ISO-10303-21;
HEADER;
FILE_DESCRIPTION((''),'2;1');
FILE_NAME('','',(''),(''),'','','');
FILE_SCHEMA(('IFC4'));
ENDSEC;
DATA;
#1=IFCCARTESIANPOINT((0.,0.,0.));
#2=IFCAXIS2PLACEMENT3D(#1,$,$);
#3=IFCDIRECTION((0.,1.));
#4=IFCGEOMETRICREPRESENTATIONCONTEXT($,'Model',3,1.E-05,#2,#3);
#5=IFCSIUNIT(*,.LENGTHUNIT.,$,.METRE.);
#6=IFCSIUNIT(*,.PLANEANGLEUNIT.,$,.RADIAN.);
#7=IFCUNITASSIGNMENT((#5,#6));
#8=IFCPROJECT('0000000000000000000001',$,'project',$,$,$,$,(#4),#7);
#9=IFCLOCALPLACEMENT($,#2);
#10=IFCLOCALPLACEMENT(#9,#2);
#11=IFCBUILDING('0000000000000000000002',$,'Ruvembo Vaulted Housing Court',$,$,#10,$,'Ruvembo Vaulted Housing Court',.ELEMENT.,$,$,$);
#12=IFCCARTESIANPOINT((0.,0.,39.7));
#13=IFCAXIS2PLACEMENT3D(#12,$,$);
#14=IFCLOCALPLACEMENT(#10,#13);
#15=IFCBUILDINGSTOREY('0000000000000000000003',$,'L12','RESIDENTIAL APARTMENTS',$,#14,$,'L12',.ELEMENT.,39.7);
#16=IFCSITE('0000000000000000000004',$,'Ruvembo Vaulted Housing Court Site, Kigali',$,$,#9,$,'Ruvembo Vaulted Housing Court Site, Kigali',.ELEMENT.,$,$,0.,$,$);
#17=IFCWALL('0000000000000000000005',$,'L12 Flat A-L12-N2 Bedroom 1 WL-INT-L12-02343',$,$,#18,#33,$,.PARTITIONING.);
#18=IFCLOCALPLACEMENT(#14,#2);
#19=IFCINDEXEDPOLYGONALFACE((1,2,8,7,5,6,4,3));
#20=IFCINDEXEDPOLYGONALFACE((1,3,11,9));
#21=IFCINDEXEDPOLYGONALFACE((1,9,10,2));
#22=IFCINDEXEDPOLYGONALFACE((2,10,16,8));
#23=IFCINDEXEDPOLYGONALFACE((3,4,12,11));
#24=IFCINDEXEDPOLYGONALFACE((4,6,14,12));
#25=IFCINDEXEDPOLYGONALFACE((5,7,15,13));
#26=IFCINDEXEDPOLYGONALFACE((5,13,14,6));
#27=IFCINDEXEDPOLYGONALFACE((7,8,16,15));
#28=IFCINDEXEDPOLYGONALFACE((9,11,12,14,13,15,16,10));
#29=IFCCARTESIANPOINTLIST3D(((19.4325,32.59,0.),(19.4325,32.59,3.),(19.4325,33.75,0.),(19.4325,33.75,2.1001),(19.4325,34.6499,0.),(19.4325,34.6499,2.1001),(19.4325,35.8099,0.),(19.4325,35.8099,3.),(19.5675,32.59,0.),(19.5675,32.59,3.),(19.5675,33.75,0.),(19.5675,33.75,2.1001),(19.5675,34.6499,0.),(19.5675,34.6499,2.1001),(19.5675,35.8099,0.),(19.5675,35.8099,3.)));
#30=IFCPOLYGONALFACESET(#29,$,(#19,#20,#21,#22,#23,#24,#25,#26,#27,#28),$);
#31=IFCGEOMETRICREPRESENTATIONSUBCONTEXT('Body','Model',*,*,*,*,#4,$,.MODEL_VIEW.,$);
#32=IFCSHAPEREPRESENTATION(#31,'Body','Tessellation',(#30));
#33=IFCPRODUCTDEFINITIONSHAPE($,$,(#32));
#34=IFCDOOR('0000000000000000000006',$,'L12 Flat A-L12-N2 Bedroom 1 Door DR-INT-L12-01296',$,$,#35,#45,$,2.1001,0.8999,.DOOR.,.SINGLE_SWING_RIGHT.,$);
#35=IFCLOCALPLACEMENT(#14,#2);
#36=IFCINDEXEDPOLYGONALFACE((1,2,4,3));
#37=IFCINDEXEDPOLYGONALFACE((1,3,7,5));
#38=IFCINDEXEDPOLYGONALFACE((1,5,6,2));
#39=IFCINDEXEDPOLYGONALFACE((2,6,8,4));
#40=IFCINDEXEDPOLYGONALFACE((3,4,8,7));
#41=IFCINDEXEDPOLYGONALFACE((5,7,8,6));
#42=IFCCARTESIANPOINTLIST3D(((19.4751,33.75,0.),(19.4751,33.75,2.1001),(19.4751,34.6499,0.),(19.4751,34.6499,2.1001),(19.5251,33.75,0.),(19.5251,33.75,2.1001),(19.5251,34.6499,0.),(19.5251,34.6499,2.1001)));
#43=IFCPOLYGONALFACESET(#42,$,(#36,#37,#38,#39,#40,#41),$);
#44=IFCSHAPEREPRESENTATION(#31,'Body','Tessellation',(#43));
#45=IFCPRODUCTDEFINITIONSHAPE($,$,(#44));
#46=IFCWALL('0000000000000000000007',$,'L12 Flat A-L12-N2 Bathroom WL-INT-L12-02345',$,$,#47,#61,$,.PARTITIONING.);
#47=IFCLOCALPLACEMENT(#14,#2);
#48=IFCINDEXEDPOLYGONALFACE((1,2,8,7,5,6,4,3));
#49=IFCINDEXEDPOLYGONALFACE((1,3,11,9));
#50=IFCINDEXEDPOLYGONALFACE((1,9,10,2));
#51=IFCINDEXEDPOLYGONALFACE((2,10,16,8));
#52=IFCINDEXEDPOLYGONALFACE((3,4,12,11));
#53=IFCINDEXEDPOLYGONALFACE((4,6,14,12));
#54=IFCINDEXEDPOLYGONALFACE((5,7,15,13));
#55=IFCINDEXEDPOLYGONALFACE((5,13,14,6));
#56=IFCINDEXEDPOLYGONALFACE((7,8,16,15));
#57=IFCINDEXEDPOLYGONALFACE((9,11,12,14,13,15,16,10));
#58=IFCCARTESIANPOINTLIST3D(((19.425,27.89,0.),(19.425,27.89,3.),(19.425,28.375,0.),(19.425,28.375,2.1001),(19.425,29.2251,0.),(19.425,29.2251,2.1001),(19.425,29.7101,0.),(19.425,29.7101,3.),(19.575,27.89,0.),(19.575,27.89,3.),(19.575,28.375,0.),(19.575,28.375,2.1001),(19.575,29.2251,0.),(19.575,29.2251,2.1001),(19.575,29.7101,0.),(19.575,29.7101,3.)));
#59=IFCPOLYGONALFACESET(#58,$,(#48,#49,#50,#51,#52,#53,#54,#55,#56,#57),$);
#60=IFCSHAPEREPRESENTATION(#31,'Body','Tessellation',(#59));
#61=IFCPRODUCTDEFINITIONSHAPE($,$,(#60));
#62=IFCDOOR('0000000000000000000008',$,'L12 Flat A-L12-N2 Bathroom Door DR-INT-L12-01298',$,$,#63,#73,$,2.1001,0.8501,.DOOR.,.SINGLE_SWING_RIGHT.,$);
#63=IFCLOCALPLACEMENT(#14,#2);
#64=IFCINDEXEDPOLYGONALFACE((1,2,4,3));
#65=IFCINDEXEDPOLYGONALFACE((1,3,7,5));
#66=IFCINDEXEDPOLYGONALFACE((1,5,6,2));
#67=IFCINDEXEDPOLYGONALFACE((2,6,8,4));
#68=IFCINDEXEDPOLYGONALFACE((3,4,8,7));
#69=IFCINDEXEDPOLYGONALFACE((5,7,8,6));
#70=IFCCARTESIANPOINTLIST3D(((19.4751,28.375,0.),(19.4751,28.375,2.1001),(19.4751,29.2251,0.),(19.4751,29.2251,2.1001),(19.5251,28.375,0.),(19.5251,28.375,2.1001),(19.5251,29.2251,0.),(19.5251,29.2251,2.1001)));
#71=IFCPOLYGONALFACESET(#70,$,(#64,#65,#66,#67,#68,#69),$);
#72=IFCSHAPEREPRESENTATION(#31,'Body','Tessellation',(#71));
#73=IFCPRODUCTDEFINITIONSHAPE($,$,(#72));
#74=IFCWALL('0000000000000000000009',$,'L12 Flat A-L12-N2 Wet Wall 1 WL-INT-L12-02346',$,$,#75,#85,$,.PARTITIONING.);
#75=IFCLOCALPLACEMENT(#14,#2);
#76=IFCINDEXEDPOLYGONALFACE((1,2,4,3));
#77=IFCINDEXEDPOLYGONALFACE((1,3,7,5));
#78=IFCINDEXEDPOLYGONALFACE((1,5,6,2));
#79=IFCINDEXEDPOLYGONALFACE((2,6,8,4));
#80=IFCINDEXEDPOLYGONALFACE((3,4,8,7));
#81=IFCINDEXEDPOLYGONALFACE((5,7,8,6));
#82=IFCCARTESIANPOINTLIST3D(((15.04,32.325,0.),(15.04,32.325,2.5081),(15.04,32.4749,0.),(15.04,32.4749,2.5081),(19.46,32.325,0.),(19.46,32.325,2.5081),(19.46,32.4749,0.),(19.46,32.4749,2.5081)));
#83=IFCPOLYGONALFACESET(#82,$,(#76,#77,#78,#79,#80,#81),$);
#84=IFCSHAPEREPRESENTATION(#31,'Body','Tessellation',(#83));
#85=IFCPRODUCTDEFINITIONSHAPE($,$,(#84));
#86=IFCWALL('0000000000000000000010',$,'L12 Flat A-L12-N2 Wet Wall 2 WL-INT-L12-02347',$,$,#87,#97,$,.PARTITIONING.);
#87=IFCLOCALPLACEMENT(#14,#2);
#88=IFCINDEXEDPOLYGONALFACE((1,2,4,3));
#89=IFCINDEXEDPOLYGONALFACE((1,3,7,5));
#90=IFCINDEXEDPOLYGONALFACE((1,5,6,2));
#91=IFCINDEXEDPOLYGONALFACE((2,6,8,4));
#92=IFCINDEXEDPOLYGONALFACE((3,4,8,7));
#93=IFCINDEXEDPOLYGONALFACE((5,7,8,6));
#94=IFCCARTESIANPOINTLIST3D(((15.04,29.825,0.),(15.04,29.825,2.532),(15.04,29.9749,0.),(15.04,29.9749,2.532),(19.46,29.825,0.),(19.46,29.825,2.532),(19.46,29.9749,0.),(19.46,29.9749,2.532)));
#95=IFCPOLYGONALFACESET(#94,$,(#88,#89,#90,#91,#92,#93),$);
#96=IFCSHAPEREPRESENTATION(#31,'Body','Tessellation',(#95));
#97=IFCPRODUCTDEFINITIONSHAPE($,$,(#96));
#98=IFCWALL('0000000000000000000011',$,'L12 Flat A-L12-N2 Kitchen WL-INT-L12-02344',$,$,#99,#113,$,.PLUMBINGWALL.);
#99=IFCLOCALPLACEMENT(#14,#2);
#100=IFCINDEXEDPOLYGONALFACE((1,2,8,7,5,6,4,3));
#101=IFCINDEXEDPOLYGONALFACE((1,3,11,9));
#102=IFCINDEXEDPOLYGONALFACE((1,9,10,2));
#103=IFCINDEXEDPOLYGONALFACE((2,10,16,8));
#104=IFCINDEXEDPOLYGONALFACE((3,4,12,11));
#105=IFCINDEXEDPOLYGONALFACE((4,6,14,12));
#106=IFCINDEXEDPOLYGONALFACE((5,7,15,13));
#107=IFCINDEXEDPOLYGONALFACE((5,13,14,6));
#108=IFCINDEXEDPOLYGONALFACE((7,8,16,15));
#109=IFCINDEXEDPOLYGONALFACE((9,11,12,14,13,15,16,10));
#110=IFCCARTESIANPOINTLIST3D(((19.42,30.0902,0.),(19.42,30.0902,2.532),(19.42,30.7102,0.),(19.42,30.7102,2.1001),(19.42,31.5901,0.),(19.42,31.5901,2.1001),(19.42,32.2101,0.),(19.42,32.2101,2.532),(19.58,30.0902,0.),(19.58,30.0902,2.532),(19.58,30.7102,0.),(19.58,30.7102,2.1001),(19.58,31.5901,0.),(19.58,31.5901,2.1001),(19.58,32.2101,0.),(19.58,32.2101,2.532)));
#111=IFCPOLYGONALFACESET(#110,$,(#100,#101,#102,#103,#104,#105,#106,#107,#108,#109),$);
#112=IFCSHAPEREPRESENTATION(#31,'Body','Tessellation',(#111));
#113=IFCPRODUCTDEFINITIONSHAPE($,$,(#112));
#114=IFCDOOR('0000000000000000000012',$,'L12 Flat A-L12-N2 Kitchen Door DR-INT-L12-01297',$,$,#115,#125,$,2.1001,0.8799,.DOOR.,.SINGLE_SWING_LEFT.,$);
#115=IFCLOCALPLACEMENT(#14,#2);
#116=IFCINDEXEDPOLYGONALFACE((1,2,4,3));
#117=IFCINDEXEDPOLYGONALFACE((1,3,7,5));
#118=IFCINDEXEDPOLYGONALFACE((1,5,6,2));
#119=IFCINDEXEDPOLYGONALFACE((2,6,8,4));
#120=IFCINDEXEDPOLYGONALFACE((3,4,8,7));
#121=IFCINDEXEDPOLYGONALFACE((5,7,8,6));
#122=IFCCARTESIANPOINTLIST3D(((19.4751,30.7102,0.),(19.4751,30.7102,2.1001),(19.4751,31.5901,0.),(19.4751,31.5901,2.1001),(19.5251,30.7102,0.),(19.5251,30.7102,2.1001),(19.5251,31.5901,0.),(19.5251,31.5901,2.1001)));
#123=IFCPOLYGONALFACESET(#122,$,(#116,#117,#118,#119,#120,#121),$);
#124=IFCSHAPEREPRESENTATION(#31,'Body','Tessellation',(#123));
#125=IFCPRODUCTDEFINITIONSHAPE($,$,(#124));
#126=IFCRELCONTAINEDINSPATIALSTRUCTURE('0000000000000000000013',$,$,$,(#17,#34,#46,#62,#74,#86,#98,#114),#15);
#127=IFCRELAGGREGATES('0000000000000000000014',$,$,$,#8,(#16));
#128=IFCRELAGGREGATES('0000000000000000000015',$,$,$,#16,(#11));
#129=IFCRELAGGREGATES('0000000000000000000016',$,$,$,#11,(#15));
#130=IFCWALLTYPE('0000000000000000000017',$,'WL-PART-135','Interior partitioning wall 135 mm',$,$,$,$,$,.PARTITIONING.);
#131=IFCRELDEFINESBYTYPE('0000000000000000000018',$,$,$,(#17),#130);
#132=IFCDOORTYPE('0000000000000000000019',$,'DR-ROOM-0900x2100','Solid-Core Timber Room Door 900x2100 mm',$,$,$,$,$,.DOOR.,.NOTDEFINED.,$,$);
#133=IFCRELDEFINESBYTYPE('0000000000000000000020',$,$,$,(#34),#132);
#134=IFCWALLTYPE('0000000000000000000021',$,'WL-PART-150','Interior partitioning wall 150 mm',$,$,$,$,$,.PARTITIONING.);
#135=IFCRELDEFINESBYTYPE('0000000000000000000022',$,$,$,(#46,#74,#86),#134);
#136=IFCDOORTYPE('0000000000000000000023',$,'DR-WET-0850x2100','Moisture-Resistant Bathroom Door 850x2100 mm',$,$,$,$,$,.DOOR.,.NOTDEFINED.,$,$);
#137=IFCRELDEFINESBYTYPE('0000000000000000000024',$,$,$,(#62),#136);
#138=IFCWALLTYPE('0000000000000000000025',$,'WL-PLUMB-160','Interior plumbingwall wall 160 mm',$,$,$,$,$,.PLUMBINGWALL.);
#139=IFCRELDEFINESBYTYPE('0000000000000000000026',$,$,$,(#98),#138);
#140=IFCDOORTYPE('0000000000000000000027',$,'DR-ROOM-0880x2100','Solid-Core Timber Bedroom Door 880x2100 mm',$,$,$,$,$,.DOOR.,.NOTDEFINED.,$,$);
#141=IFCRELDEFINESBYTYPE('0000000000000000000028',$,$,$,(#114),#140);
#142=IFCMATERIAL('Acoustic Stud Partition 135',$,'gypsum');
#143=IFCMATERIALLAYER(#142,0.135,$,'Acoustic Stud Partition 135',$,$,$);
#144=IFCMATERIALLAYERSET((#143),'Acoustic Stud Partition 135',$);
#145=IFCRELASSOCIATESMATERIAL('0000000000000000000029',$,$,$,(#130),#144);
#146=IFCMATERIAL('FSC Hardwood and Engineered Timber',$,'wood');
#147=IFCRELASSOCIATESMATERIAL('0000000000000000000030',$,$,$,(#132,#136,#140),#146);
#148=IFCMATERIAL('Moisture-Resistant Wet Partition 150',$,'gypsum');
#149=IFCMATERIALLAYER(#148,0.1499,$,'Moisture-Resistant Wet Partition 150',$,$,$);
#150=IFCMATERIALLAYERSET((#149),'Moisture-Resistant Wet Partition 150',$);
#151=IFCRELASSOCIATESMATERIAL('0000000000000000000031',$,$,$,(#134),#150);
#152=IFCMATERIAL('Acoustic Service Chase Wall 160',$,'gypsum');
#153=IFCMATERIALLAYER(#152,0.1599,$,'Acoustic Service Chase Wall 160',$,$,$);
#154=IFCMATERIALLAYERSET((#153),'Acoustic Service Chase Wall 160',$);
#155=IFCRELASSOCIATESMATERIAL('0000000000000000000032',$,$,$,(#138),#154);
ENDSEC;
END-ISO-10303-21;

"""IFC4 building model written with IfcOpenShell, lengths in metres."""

from ifc_helpers import new_model, si_unit, direction, frame, frame_2d, origin, place, context, subcontext, project, spatial, rectangle, extrude, material, layer, layer_set, type_object, element, fill, save


model = new_model("IFC4")

# Units and contexts
model_context = context("Model", 3, precision=1e-05, world=origin(), true_north=direction((0.0, 1.0)))
body_context = subcontext(model_context, "Body", "Model", "MODEL_VIEW")
ifc_project = project(units=[si_unit("LENGTHUNIT", "METRE"), si_unit("PLANEANGLEUNIT", "RADIAN")], contexts=[model_context])

# Site, building, storey
site_placement = place(None, origin())
site = spatial("IfcSite", under=ifc_project, at=site_placement, Name="Ruvembo Vaulted Housing Court Site, Kigali", LongName="Ruvembo Vaulted Housing Court Site, Kigali", CompositionType="ELEMENT", RefElevation=0.0)
building_placement = place(site_placement, origin())
building = spatial("IfcBuilding", under=site, at=building_placement, Name="Ruvembo Vaulted Housing Court", LongName="Ruvembo Vaulted Housing Court", CompositionType="ELEMENT")
storey_placement = place(building_placement, frame((0.0, 0.0, 39.7)))
storey = spatial("IfcBuildingStorey", under=building, at=storey_placement, Name="L12", Description="RESIDENTIAL APARTMENTS", LongName="L12", CompositionType="ELEMENT", Elevation=39.7)

# Walls, openings, doors
ifc_material_1 = material(Name="Acoustic Stud Partition 135", Category="gypsum")
ifc_layer_1 = layer(ifc_material_1, 0.135, Name="Acoustic Stud Partition 135")
ifc_layer_set_1 = layer_set([ifc_layer_1], Name="Acoustic Stud Partition 135")
wall_type_1 = type_object("IfcWallType", Name="WL-PART-135", Description="Interior partitioning wall 135 mm", PredefinedType="PARTITIONING", material=ifc_layer_set_1)
wall_1_placement = place(storey_placement, frame((19.5, 32.5901, 0.0), z_axis=(0.0, 0.0, 1.0), x_axis=(0.0, 1.0, 0.0)))
wall_1 = element("IfcWall", 1, at=wall_1_placement, inside=storey, type_object=wall_type_1, Name="L12 Flat A-L12-N2 Bedroom 1 WL-INT-L12-02343", PredefinedType="PARTITIONING", context=body_context, shape_type="SweptSolid", body=[
    extrude(rectangle(XDim=3.22, YDim=0.135, at=frame_2d((1.6099, 0.0))), origin(), (0.0, 0.0, 1.0), 3.0),
])
opening_1_placement = place(wall_1_placement, frame((1.1599, 0.0, 0.0)))
opening_1 = element("IfcOpeningElement", 2, at=opening_1_placement, cuts=wall_1, PredefinedType="OPENING", context=body_context, shape_type="SweptSolid", body=[
    extrude(rectangle(XDim=0.8999, YDim=2.1001, at=frame_2d((0.45, 1.05))), frame((0.0, 0.0774, 0.0), z_axis=(0.0, -1.0, 0.0), x_axis=(1.0, 0.0, 0.0)), (0.0, 0.0, 1.0), 0.155),
])
ifc_material_2 = material(Name="FSC Hardwood and Engineered Timber", Category="wood")
door_type_1 = type_object("IfcDoorType", Name="DR-ROOM-0900x2100", Description="Solid-Core Timber Room Door 900x2100 mm", OperationType="NOTDEFINED", PredefinedType="DOOR", material=ifc_material_2)
door_1_placement = place(opening_1_placement, origin())
door_1 = element("IfcDoor", 3, at=door_1_placement, inside=storey, type_object=door_type_1, Name="L12 Flat A-L12-N2 Bedroom 1 Door DR-INT-L12-01296", OperationType="SINGLE_SWING_RIGHT", OverallHeight=2.1001, OverallWidth=0.8999, PredefinedType="DOOR", context=body_context, shape_type="SweptSolid", body=[
    extrude(rectangle(XDim=0.8999, YDim=2.1001, at=frame_2d((0.45, 1.05))), frame((0.0, 0.0249, 0.0), z_axis=(0.0, -1.0, 0.0), x_axis=(1.0, 0.0, 0.0)), (0.0, 0.0, 1.0), 0.05),
])
fill(opening_1, door_1)
ifc_material_3 = material(Name="Moisture-Resistant Wet Partition 150", Category="gypsum")
ifc_layer_2 = layer(ifc_material_3, 0.1499, Name="Moisture-Resistant Wet Partition 150")
ifc_layer_set_2 = layer_set([ifc_layer_2], Name="Moisture-Resistant Wet Partition 150")
wall_type_2 = type_object("IfcWallType", Name="WL-PART-150", Description="Interior partitioning wall 150 mm", PredefinedType="PARTITIONING", material=ifc_layer_set_2)
wall_2_placement = place(storey_placement, frame((19.5, 27.8899, 0.0), z_axis=(0.0, 0.0, 1.0), x_axis=(0.0, 1.0, 0.0)))
wall_2 = element("IfcWall", 4, at=wall_2_placement, inside=storey, type_object=wall_type_2, Name="L12 Flat A-L12-N2 Bathroom WL-INT-L12-02345", PredefinedType="PARTITIONING", context=body_context, shape_type="SweptSolid", body=[
    extrude(rectangle(XDim=1.8201, YDim=0.1499, at=frame_2d((0.9102, 0.0))), origin(), (0.0, 0.0, 1.0), 3.0),
])
opening_2_placement = place(wall_2_placement, frame((0.4851, 0.0, 0.0)))
opening_2 = element("IfcOpeningElement", 5, at=opening_2_placement, cuts=wall_2, PredefinedType="OPENING", context=body_context, shape_type="SweptSolid", body=[
    extrude(rectangle(XDim=0.8501, YDim=2.1001, at=frame_2d((0.425, 1.05))), frame((0.0, 0.085, 0.0), z_axis=(0.0, -1.0, 0.0), x_axis=(1.0, 0.0, 0.0)), (0.0, 0.0, 1.0), 0.1699),
])
door_type_2 = type_object("IfcDoorType", Name="DR-WET-0850x2100", Description="Moisture-Resistant Bathroom Door 850x2100 mm", OperationType="NOTDEFINED", PredefinedType="DOOR", material=ifc_material_2)
door_2_placement = place(opening_2_placement, origin())
door_2 = element("IfcDoor", 6, at=door_2_placement, inside=storey, type_object=door_type_2, Name="L12 Flat A-L12-N2 Bathroom Door DR-INT-L12-01298", OperationType="SINGLE_SWING_RIGHT", OverallHeight=2.1001, OverallWidth=0.8501, PredefinedType="DOOR", context=body_context, shape_type="SweptSolid", body=[
    extrude(rectangle(XDim=0.8501, YDim=2.1001, at=frame_2d((0.425, 1.05))), frame((0.0, 0.0249, 0.0), z_axis=(0.0, -1.0, 0.0), x_axis=(1.0, 0.0, 0.0)), (0.0, 0.0, 1.0), 0.05),
])
fill(opening_2, door_2)

# Walls
wall_3_placement = place(storey_placement, frame((15.04, 32.3999, 0.0), z_axis=(0.0, 0.0, 1.0), x_axis=(1.0, 0.0, 0.0)))
element("IfcWall", 7, at=wall_3_placement, inside=storey, type_object=wall_type_2, Name="L12 Flat A-L12-N2 Wet Wall 1 WL-INT-L12-02346", PredefinedType="PARTITIONING", context=body_context, shape_type="SweptSolid", body=[
    extrude(rectangle(XDim=4.4199, YDim=0.1499, at=frame_2d((2.21, 0.0))), origin(), (0.0, 0.0, 1.0), 2.5081),
])
wall_4_placement = place(storey_placement, frame((15.04, 29.8999, 0.0), z_axis=(0.0, 0.0, 1.0), x_axis=(1.0, 0.0, 0.0)))
element("IfcWall", 8, at=wall_4_placement, inside=storey, type_object=wall_type_2, Name="L12 Flat A-L12-N2 Wet Wall 2 WL-INT-L12-02347", PredefinedType="PARTITIONING", context=body_context, shape_type="SweptSolid", body=[
    extrude(rectangle(XDim=4.4199, YDim=0.1499, at=frame_2d((2.21, 0.0))), origin(), (0.0, 0.0, 1.0), 2.532),
])

# Wall, opening, door
ifc_material_4 = material(Name="Acoustic Service Chase Wall 160", Category="gypsum")
ifc_layer_3 = layer(ifc_material_4, 0.1599, Name="Acoustic Service Chase Wall 160")
ifc_layer_set_3 = layer_set([ifc_layer_3], Name="Acoustic Service Chase Wall 160")
wall_type_3 = type_object("IfcWallType", Name="WL-PLUMB-160", Description="Interior plumbingwall wall 160 mm", PredefinedType="PLUMBINGWALL", material=ifc_layer_set_3)
wall_5_placement = place(storey_placement, frame((19.5, 30.0901, 0.0), z_axis=(0.0, 0.0, 1.0), x_axis=(0.0, 1.0, 0.0)))
wall_5 = element("IfcWall", 9, at=wall_5_placement, inside=storey, type_object=wall_type_3, Name="L12 Flat A-L12-N2 Kitchen WL-INT-L12-02344", PredefinedType="PLUMBINGWALL", context=body_context, shape_type="SweptSolid", body=[
    extrude(rectangle(XDim=2.1199, YDim=0.1599, at=frame_2d((1.0601, 0.0))), origin(), (0.0, 0.0, 1.0), 2.532),
])
opening_3_placement = place(wall_5_placement, frame((0.6201, 0.0, 0.0)))
opening_3 = element("IfcOpeningElement", 10, at=opening_3_placement, cuts=wall_5, PredefinedType="OPENING", context=body_context, shape_type="SweptSolid", body=[
    extrude(rectangle(XDim=0.8799, YDim=2.1001, at=frame_2d((0.4399, 1.05))), frame((0.0, 0.0898, 0.0), z_axis=(0.0, -1.0, 0.0), x_axis=(1.0, 0.0, 0.0)), (0.0, 0.0, 1.0), 0.1799),
])
door_type_3 = type_object("IfcDoorType", Name="DR-ROOM-0880x2100", Description="Solid-Core Timber Bedroom Door 880x2100 mm", OperationType="NOTDEFINED", PredefinedType="DOOR", material=ifc_material_2)
door_3_placement = place(opening_3_placement, origin())
door_3 = element("IfcDoor", 11, at=door_3_placement, inside=storey, type_object=door_type_3, Name="L12 Flat A-L12-N2 Kitchen Door DR-INT-L12-01297", OperationType="SINGLE_SWING_LEFT", OverallHeight=2.1001, OverallWidth=0.8799, PredefinedType="DOOR", context=body_context, shape_type="SweptSolid", body=[
    extrude(rectangle(XDim=0.8799, YDim=2.1001, at=frame_2d((0.4399, 1.05))), frame((0.0, 0.0249, 0.0), z_axis=(0.0, -1.0, 0.0), x_axis=(1.0, 0.0, 0.0)), (0.0, 0.0, 1.0), 0.05),
])
fill(opening_3, door_3)

save(model, "model.ifc")
